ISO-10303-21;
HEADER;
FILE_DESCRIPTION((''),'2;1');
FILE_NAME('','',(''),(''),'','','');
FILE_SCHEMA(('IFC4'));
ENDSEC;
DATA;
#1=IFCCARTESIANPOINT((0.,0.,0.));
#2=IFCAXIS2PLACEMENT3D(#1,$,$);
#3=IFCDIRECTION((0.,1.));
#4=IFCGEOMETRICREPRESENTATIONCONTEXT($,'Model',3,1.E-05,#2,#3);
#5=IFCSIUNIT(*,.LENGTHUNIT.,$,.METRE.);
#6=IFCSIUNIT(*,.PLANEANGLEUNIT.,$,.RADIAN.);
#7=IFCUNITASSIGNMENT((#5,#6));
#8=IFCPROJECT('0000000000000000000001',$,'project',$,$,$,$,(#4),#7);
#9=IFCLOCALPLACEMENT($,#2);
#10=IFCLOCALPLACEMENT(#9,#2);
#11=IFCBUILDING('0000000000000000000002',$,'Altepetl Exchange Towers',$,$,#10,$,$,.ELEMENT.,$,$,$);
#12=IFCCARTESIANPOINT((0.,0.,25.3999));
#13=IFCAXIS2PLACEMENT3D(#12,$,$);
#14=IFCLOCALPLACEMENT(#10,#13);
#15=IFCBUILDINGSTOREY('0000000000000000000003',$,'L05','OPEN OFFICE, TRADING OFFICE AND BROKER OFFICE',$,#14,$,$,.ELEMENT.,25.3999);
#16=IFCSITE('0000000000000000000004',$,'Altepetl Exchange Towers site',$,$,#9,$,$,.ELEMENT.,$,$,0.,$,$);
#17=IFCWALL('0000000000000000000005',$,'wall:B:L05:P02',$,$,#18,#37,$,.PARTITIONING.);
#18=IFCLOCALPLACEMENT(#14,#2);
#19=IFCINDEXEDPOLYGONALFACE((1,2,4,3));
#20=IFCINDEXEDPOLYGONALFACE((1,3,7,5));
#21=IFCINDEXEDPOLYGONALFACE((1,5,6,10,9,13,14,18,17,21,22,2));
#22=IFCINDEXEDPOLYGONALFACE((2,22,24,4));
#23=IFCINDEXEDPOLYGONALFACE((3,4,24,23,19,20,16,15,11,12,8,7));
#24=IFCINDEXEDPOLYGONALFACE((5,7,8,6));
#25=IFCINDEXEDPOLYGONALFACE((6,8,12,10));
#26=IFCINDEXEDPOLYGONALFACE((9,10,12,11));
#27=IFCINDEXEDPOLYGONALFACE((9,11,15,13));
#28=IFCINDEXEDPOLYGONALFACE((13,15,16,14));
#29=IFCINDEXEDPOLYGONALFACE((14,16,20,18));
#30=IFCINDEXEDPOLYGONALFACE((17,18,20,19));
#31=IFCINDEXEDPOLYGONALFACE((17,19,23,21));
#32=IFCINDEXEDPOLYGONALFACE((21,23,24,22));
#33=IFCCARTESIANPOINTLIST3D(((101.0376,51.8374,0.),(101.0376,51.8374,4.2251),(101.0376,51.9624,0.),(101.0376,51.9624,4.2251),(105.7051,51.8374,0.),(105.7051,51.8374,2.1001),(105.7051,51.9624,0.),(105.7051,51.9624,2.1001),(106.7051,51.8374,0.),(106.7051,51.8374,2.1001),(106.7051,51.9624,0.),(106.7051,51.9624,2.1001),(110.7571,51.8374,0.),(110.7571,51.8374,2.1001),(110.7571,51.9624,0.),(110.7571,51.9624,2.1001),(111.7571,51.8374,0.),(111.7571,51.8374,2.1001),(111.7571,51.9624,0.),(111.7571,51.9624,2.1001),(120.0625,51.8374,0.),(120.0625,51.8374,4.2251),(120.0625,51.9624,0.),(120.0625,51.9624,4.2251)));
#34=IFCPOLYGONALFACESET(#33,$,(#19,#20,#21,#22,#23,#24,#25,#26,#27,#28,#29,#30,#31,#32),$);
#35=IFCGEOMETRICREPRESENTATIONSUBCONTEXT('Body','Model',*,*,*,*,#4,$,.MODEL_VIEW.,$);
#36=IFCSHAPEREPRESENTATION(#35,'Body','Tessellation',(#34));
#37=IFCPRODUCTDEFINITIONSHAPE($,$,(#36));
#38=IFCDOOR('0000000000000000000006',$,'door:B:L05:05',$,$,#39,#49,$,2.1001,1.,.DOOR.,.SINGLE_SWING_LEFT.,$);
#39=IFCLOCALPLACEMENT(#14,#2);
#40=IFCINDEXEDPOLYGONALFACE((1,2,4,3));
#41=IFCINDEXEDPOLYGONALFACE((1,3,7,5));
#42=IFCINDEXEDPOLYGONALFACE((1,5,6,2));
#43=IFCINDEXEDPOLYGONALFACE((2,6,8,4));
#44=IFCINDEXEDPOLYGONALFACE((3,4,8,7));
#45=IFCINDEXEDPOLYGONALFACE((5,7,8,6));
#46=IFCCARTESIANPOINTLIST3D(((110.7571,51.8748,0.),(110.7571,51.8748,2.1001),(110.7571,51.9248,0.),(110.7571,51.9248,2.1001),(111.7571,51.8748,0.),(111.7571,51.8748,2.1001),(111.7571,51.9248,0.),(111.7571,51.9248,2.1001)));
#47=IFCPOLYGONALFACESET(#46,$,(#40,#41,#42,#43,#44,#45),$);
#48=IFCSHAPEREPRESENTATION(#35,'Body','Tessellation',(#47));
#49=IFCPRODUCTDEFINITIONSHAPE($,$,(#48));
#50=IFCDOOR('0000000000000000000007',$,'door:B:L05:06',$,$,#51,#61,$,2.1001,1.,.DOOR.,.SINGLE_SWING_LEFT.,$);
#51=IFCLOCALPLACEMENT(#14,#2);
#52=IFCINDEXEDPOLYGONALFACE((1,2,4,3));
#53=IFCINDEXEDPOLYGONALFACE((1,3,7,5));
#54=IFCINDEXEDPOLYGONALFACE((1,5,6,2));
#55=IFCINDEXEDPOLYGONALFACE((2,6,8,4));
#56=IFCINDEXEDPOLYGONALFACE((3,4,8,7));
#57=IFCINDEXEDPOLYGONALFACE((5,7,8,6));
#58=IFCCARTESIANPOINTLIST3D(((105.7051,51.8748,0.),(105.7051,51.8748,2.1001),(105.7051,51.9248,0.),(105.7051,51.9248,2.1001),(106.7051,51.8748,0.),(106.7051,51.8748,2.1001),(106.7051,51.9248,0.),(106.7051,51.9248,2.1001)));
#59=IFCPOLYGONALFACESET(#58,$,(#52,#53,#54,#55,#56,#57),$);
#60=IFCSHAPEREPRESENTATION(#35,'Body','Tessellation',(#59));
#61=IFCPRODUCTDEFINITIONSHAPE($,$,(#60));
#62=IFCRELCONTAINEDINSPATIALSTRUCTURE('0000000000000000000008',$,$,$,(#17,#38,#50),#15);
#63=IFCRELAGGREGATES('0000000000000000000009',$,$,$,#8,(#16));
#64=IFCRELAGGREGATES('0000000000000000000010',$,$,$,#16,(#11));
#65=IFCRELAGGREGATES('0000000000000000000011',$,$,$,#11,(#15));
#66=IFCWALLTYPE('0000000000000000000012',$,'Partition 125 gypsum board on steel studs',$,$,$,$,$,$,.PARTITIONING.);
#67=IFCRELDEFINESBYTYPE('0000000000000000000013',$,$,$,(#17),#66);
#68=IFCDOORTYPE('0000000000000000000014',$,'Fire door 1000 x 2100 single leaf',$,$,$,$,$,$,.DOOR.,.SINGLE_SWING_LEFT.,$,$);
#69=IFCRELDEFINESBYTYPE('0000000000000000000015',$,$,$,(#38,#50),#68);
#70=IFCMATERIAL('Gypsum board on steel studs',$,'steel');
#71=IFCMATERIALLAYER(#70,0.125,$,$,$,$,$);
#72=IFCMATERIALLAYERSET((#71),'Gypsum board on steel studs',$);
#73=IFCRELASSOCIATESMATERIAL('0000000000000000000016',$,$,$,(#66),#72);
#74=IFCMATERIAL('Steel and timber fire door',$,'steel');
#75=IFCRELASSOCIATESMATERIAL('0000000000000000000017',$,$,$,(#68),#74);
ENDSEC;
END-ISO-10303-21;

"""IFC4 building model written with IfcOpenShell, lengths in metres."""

from ifc_helpers import new_model, si_unit, direction, frame, frame_2d, origin, place, context, subcontext, project, spatial, rectangle, extrude, material, layer, layer_set, type_object, element, fill, save


model = new_model("IFC4")

# Units and contexts
model_context = context("Model", 3, precision=1e-05, world=origin(), true_north=direction((0.0, 1.0)))
body_context = subcontext(model_context, "Body", "Model", "MODEL_VIEW")
ifc_project = project(units=[si_unit("LENGTHUNIT", "METRE"), si_unit("PLANEANGLEUNIT", "RADIAN")], contexts=[model_context])

# Site, building, storey
site_placement = place(None, origin())
site = spatial("IfcSite", under=ifc_project, at=site_placement, Name="Altepetl Exchange Towers site", CompositionType="ELEMENT", RefElevation=0.0)
building_placement = place(site_placement, origin())
building = spatial("IfcBuilding", under=site, at=building_placement, Name="Altepetl Exchange Towers", CompositionType="ELEMENT")
storey_placement = place(building_placement, frame((0.0, 0.0, 25.3999)))
storey = spatial("IfcBuildingStorey", under=building, at=storey_placement, Name="L05", Description="OPEN OFFICE, TRADING OFFICE AND BROKER OFFICE", CompositionType="ELEMENT", Elevation=25.3999)

# Wall, openings, doors
ifc_material_1 = material(Name="Gypsum board on steel studs", Category="steel")
ifc_layer_1 = layer(ifc_material_1, 0.125)
ifc_layer_set_1 = layer_set([ifc_layer_1], Name="Gypsum board on steel studs")
wall_type = type_object("IfcWallType", Name="Partition 125 gypsum board on steel studs", PredefinedType="PARTITIONING", material=ifc_layer_set_1)
wall_placement = place(storey_placement, frame((101.0376, 51.8999, 0.0)))
wall = element("IfcWall", 1, at=wall_placement, inside=storey, type_object=wall_type, Name="wall:B:L05:P02", PredefinedType="PARTITIONING", context=body_context, shape_type="SweptSolid", body=[
    extrude(rectangle(XDim=19.0249, YDim=0.125, at=frame_2d((9.5125, 0.0))), origin(), (0.0, 0.0, 1.0), 4.2251),
])
opening_1_placement = place(wall_placement, frame((9.7195, 0.0, 0.0)))
opening_1 = element("IfcOpeningElement", 2, at=opening_1_placement, cuts=wall, PredefinedType="OPENING", context=body_context, shape_type="SweptSolid", body=[
    extrude(rectangle(XDim=1.0, YDim=2.1001, at=frame_2d((0.5, 1.05))), frame((0.0, 0.0725, 0.0), z_axis=(0.0, -1.0, 0.0), x_axis=(1.0, 0.0, 0.0)), (0.0, 0.0, 1.0), 0.145),
])
opening_2_placement = place(wall_placement, frame((4.6675, 0.0, 0.0)))
opening_2 = element("IfcOpeningElement", 3, at=opening_2_placement, cuts=wall, PredefinedType="OPENING", context=body_context, shape_type="SweptSolid", body=[
    extrude(rectangle(XDim=1.0, YDim=2.1001, at=frame_2d((0.5, 1.05))), frame((0.0, 0.0725, 0.0), z_axis=(0.0, -1.0, 0.0), x_axis=(1.0, 0.0, 0.0)), (0.0, 0.0, 1.0), 0.145),
])
ifc_material_2 = material(Name="Steel and timber fire door", Category="steel")
door_type = type_object("IfcDoorType", Name="Fire door 1000 x 2100 single leaf", OperationType="SINGLE_SWING_LEFT", PredefinedType="DOOR", material=ifc_material_2)
door_1_placement = place(opening_1_placement, origin())
door_1 = element("IfcDoor", 4, at=door_1_placement, inside=storey, type_object=door_type, Name="door:B:L05:05", OperationType="SINGLE_SWING_LEFT", OverallHeight=2.1001, OverallWidth=1.0, PredefinedType="DOOR", context=body_context, shape_type="SweptSolid", body=[
    extrude(rectangle(XDim=1.0, YDim=2.1001, at=frame_2d((0.5, 1.05))), frame((0.0, 0.0249, 0.0), z_axis=(0.0, -1.0, 0.0), x_axis=(1.0, 0.0, 0.0)), (0.0, 0.0, 1.0), 0.05),
])
fill(opening_1, door_1)
door_2_placement = place(opening_2_placement, origin())
door_2 = element("IfcDoor", 5, at=door_2_placement, inside=storey, type_object=door_type, Name="door:B:L05:06", OperationType="SINGLE_SWING_LEFT", OverallHeight=2.1001, OverallWidth=1.0, PredefinedType="DOOR", context=body_context, shape_type="SweptSolid", body=[
    extrude(rectangle(XDim=1.0, YDim=2.1001, at=frame_2d((0.5, 1.05))), frame((0.0, 0.0249, 0.0), z_axis=(0.0, -1.0, 0.0), x_axis=(1.0, 0.0, 0.0)), (0.0, 0.0, 1.0), 0.05),
])
fill(opening_2, door_2)

save(model, "model.ifc")
